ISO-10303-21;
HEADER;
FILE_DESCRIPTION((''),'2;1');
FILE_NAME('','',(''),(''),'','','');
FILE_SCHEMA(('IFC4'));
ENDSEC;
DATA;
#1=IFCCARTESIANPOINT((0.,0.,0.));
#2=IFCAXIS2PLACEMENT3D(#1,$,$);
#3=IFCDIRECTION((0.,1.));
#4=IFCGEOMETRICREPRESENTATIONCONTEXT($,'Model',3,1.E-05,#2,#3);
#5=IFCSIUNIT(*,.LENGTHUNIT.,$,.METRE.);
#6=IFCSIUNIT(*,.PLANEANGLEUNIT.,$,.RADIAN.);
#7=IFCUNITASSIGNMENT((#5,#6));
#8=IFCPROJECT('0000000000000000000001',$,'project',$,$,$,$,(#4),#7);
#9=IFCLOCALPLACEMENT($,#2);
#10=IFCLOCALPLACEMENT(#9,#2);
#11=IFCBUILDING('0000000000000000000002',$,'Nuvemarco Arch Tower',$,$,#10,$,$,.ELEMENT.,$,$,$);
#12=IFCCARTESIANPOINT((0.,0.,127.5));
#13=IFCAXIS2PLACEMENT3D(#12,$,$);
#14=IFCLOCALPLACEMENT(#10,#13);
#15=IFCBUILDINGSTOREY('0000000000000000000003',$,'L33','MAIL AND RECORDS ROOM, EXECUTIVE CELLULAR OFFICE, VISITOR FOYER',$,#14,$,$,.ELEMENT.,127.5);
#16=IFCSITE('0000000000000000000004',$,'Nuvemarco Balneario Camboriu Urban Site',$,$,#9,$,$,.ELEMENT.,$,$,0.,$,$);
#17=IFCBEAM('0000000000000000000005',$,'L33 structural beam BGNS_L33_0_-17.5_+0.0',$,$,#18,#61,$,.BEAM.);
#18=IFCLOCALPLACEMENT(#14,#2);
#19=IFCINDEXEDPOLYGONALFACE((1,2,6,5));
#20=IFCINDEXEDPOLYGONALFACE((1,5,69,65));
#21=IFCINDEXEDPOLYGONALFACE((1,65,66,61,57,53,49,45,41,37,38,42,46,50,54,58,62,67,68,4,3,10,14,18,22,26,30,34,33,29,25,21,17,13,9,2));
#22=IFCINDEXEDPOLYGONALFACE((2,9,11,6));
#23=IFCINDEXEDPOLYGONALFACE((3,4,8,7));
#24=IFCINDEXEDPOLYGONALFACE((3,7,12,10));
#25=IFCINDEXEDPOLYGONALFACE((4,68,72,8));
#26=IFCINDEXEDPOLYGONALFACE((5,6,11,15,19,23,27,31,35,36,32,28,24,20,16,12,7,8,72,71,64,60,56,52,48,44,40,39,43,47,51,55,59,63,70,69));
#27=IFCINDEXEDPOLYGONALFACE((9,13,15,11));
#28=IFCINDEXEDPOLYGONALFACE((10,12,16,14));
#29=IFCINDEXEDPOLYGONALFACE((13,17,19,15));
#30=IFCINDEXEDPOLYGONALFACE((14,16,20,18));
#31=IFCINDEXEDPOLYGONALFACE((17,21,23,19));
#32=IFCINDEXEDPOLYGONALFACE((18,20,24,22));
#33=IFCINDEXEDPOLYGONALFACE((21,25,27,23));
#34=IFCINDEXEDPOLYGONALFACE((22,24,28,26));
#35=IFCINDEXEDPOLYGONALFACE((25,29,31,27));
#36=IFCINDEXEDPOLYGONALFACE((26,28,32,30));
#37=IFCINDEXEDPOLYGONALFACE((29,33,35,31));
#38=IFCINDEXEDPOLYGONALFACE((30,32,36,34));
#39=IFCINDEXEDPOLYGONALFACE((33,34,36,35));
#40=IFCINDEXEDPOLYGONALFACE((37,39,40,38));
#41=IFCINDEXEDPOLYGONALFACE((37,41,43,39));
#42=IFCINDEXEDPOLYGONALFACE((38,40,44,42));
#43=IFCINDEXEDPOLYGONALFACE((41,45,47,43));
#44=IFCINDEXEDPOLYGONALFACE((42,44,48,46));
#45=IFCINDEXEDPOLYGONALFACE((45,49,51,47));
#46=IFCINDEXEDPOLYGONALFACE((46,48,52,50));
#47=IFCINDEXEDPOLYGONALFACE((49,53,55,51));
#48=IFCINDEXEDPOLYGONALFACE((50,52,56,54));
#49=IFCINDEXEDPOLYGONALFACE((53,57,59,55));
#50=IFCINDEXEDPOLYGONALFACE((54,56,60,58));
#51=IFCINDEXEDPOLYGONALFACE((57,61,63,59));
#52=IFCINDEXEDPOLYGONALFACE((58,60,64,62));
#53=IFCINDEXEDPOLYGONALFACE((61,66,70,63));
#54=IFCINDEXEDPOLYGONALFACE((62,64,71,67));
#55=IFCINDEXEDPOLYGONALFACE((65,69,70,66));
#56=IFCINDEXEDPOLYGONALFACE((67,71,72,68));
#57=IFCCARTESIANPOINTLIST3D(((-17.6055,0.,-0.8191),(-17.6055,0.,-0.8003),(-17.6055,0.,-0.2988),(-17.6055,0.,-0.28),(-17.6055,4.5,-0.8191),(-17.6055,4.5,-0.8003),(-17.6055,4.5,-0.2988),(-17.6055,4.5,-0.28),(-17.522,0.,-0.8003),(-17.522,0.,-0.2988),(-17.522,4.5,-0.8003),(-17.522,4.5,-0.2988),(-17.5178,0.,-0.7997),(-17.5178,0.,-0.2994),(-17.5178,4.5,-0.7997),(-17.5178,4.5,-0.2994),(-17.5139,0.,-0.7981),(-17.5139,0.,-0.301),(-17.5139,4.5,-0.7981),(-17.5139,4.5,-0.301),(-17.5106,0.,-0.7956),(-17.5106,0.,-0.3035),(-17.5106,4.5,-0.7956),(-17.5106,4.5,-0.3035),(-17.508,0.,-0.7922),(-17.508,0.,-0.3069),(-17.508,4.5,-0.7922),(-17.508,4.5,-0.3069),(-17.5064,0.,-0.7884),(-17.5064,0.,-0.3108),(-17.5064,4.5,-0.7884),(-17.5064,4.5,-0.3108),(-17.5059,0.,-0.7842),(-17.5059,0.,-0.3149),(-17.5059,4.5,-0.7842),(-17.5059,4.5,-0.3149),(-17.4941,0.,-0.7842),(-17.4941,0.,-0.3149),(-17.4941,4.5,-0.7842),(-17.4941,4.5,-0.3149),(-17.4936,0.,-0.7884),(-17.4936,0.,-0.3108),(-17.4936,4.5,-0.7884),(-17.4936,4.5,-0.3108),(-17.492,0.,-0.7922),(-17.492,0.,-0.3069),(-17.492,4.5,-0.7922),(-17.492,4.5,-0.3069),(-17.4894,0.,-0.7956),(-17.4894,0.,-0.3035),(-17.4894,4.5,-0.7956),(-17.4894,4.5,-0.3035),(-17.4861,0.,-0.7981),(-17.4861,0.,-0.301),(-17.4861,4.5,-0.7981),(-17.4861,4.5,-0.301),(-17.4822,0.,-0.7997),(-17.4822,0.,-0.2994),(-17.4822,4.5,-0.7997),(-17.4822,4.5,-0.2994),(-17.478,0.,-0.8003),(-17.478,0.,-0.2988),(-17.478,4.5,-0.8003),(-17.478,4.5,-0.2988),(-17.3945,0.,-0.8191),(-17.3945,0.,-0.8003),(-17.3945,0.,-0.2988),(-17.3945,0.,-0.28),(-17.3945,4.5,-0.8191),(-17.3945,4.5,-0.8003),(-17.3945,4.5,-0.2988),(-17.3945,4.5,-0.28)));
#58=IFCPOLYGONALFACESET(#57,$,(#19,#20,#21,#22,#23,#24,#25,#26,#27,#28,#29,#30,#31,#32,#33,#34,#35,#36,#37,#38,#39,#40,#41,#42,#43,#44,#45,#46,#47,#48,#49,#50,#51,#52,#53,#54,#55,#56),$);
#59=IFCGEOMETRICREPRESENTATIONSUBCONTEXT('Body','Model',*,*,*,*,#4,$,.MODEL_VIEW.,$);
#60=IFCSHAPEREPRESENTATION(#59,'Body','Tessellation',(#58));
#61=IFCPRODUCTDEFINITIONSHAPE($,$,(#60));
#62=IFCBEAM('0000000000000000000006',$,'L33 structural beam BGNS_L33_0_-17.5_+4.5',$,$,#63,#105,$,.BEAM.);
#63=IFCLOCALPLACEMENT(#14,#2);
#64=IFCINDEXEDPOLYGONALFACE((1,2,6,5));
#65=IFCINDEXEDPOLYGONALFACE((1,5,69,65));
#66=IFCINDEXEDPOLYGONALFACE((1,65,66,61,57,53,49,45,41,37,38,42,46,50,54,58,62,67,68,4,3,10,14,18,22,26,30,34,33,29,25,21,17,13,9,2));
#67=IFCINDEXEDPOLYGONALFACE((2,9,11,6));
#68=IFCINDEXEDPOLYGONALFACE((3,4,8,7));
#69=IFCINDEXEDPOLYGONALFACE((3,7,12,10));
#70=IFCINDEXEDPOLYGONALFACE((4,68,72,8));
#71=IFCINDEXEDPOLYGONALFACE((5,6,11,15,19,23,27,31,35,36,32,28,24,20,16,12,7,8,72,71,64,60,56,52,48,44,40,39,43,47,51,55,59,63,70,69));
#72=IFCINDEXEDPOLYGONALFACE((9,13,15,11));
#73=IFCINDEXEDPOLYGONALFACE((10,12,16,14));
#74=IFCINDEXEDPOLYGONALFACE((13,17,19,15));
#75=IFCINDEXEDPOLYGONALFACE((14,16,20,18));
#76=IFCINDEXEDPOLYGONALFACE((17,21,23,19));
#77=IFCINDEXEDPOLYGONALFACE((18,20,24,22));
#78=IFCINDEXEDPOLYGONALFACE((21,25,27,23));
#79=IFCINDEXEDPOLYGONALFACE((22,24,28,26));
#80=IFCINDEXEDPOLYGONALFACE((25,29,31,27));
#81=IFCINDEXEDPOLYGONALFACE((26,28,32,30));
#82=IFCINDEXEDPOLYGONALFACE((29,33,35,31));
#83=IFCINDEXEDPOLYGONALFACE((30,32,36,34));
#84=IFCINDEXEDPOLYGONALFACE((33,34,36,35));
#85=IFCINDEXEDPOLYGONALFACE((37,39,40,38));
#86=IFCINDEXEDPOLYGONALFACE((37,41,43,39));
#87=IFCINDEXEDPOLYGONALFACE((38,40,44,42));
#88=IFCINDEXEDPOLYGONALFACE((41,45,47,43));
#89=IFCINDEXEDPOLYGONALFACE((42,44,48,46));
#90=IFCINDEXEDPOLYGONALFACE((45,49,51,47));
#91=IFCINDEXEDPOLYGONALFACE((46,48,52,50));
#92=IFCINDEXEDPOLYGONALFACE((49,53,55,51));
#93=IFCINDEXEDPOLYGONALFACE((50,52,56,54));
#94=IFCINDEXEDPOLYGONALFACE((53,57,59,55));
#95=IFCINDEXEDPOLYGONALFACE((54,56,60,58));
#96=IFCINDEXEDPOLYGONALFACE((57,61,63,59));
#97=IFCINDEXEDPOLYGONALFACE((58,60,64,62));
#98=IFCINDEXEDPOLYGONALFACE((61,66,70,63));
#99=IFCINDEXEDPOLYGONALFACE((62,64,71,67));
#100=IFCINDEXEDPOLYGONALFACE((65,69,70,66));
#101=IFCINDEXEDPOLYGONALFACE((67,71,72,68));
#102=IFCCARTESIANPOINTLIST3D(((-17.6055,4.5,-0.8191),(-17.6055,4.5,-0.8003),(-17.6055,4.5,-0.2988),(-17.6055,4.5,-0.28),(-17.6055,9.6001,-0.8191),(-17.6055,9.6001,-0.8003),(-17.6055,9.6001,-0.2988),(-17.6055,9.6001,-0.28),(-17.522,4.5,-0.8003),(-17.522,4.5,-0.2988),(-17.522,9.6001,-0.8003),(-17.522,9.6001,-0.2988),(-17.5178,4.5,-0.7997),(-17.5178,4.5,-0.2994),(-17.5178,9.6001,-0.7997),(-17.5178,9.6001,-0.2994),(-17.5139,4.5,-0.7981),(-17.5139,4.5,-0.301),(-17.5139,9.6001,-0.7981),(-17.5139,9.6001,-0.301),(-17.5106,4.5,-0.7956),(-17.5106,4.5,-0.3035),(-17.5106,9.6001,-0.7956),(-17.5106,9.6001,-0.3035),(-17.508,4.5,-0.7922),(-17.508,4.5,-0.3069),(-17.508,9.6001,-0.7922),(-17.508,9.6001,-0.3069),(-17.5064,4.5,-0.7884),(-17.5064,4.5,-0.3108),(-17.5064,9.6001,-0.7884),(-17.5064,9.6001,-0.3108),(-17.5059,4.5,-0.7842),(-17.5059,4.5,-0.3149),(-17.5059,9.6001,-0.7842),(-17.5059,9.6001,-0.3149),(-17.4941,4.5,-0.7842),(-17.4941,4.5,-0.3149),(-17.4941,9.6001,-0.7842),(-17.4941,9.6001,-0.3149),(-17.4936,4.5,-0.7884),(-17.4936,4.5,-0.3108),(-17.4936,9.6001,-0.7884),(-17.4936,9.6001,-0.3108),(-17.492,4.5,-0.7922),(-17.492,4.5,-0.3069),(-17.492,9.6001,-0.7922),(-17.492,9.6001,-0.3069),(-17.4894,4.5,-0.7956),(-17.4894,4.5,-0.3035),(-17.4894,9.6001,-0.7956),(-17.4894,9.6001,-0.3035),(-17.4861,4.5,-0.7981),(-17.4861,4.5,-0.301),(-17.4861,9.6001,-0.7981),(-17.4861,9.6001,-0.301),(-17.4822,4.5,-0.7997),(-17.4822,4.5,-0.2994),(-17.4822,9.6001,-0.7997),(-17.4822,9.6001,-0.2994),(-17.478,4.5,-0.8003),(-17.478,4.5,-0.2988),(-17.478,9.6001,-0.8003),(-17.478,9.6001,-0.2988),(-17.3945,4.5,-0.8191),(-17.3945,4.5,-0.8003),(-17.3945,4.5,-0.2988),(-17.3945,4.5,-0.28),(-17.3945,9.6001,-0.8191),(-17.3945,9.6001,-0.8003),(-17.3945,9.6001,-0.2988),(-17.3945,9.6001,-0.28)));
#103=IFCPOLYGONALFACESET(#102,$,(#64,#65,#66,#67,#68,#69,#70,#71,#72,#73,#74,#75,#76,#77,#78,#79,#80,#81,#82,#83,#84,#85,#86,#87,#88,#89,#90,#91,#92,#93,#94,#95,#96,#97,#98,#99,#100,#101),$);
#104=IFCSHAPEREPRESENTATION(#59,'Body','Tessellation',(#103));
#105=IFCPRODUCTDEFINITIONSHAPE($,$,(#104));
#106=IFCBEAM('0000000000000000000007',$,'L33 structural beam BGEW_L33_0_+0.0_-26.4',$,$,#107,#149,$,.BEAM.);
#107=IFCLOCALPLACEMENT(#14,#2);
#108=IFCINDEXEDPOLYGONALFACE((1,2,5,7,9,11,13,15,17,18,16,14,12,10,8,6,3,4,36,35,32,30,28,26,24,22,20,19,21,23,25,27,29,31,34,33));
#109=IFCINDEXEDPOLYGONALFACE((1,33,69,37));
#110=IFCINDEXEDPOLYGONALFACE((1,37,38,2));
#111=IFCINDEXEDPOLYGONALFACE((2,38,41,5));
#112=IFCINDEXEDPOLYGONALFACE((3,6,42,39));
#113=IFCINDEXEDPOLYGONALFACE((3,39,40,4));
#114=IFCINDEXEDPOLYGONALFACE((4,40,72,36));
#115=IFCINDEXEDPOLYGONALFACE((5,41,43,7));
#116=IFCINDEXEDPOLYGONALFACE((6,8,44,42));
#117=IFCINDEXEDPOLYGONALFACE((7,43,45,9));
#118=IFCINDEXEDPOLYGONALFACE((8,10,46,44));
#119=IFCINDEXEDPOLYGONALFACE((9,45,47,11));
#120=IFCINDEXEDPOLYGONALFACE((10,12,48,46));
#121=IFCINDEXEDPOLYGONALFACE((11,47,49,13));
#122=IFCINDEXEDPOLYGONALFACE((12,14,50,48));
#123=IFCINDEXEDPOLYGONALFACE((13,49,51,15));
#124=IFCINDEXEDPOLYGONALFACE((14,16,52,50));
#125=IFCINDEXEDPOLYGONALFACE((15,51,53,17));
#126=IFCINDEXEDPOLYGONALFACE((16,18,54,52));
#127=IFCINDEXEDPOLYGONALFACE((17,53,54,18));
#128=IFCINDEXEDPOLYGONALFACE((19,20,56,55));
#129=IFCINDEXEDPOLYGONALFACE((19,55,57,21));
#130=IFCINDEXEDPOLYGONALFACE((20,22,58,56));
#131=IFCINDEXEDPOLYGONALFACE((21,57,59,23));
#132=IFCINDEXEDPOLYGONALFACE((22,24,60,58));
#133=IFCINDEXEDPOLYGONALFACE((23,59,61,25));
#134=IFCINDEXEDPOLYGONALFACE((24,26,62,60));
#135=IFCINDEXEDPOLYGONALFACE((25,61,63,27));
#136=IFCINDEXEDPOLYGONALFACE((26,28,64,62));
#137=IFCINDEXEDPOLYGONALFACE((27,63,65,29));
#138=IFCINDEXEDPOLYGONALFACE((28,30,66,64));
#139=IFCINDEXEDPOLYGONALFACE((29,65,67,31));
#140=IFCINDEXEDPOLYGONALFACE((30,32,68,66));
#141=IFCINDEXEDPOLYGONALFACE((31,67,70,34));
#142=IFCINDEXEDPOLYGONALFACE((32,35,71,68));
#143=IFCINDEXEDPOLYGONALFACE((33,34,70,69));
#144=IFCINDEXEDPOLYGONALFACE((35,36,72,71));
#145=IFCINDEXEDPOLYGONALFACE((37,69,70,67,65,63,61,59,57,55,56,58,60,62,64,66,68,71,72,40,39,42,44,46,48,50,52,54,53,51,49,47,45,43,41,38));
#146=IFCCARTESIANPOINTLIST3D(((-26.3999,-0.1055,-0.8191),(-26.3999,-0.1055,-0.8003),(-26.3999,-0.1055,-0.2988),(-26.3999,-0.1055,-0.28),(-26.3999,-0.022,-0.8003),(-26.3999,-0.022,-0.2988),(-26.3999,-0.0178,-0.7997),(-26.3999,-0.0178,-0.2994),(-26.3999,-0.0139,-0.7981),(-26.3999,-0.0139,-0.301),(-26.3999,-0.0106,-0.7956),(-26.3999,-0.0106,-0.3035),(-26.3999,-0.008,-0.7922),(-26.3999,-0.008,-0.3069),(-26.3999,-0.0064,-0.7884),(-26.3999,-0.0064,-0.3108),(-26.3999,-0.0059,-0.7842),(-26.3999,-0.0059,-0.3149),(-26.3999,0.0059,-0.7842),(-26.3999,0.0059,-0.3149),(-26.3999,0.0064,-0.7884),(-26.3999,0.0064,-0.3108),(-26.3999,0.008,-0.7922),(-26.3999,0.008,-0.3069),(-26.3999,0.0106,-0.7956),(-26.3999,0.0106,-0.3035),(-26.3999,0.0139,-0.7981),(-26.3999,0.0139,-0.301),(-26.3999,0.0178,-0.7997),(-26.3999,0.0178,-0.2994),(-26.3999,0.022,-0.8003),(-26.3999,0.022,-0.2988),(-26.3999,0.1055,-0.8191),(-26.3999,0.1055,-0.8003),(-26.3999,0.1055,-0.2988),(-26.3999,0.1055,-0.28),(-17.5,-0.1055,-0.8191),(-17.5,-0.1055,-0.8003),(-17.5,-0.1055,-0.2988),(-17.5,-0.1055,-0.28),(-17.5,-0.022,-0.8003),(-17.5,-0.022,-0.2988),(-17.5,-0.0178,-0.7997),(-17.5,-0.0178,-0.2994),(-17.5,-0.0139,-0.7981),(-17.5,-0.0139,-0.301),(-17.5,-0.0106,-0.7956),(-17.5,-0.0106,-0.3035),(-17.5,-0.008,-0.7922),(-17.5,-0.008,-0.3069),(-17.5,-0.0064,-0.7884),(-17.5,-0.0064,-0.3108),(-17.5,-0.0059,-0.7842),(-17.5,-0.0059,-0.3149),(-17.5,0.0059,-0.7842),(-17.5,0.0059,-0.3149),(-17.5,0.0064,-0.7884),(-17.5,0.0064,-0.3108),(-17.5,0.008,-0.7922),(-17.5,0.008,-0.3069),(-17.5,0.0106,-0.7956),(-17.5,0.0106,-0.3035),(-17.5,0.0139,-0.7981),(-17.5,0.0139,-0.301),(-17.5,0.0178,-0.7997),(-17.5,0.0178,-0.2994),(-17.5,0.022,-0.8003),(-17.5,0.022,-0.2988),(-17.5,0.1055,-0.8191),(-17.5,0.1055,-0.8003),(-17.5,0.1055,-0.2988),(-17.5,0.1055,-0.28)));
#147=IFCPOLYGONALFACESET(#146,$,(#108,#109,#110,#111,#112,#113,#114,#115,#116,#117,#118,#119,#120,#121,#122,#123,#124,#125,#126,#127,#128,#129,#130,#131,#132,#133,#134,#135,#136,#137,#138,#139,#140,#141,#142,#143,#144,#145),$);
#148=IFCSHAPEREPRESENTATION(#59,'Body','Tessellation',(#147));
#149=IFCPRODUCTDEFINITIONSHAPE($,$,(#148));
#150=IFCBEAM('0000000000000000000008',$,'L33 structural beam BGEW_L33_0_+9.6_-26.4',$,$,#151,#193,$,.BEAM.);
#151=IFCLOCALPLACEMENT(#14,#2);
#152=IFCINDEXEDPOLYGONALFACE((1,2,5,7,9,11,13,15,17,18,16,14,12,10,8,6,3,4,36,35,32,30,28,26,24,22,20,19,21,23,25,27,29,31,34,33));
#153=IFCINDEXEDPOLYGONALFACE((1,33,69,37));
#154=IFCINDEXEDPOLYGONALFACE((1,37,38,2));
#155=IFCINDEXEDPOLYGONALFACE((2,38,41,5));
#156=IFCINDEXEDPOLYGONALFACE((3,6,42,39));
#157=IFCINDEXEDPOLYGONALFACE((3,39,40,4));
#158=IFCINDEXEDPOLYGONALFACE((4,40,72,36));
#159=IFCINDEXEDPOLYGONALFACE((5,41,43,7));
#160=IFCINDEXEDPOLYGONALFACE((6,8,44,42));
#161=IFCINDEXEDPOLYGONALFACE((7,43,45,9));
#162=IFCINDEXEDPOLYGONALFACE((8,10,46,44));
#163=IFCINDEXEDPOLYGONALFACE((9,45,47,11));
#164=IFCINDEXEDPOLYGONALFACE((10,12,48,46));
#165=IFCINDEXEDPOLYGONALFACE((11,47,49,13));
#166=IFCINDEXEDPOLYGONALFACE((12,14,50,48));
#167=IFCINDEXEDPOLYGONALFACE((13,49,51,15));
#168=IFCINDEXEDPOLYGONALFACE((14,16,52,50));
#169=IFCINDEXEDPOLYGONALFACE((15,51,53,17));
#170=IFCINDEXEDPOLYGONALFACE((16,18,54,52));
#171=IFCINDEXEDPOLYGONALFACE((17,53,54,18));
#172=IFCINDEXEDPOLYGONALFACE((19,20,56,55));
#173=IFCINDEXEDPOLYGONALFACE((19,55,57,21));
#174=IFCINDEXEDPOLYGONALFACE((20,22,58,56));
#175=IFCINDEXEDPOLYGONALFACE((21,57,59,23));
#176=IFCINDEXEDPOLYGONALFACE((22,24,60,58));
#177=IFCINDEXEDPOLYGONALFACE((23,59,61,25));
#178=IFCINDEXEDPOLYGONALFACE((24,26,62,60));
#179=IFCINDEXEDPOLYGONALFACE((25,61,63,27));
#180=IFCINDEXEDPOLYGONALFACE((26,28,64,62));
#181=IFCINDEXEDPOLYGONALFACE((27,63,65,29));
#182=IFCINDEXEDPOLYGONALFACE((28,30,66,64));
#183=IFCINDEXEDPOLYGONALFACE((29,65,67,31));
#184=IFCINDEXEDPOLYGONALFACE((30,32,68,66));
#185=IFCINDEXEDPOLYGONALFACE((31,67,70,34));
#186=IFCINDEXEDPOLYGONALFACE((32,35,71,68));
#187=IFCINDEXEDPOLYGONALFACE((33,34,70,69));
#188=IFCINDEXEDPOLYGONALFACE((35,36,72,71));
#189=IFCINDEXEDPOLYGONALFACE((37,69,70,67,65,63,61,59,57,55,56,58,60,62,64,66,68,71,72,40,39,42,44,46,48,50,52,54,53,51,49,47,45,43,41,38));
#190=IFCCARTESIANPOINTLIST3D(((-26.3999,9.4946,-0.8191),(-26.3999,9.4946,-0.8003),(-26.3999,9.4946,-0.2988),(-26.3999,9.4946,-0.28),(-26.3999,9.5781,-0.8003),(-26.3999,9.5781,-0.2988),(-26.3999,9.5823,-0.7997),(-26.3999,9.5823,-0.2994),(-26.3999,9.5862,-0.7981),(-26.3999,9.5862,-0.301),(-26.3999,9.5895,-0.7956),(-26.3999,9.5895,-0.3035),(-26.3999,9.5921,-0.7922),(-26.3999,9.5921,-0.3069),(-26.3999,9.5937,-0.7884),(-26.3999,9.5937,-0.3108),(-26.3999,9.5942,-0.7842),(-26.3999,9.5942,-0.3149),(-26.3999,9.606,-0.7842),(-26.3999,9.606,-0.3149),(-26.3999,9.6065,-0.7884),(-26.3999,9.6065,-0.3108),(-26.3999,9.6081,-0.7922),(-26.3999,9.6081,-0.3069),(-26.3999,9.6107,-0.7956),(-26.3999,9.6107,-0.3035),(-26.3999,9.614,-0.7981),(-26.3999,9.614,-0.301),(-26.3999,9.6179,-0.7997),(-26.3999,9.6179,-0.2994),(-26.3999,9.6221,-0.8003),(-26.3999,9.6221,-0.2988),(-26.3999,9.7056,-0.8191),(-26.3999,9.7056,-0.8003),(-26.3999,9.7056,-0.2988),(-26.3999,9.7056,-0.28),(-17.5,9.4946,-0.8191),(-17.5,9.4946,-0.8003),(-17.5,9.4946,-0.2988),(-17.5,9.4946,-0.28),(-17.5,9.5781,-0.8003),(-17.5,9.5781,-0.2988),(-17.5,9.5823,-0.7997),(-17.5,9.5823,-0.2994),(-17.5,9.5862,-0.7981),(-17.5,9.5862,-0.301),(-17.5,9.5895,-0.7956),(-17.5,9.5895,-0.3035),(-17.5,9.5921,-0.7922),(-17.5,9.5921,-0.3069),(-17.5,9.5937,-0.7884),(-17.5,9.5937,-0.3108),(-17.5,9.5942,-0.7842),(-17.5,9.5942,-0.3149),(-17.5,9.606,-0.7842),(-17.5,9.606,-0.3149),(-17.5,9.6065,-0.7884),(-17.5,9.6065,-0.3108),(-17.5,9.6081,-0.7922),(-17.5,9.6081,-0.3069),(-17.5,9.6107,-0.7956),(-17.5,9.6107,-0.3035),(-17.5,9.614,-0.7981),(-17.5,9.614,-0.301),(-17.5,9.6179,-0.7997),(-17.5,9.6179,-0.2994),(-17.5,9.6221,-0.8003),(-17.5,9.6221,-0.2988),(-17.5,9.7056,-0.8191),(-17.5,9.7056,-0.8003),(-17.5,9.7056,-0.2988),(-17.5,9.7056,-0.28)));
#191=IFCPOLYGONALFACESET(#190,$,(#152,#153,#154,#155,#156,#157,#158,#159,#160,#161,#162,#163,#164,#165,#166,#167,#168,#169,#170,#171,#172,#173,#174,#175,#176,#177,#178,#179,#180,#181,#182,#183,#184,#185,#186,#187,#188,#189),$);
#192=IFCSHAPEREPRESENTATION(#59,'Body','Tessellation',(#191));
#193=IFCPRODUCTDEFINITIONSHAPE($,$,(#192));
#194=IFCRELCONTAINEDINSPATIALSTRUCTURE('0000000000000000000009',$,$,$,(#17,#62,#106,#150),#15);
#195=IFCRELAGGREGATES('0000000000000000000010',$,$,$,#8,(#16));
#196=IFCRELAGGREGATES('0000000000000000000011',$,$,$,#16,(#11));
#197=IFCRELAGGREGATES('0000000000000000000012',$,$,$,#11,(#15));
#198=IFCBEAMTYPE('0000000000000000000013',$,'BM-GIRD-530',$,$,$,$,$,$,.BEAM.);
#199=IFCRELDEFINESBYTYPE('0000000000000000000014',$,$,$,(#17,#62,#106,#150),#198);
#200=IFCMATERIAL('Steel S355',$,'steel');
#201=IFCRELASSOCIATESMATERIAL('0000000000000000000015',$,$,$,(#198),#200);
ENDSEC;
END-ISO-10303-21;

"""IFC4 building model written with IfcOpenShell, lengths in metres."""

from ifc_helpers import new_model, si_unit, direction, frame, origin, origin_2d, place, context, subcontext, project, spatial, i_section, extrude, material, material_profile, profile_set, type_object, element, save


model = new_model("IFC4")

# Units and contexts
model_context = context("Model", 3, precision=1e-05, world=origin(), true_north=direction((0.0, 1.0)))
body_context = subcontext(model_context, "Body", "Model", "MODEL_VIEW")
ifc_project = project(units=[si_unit("LENGTHUNIT", "METRE"), si_unit("PLANEANGLEUNIT", "RADIAN")], contexts=[model_context])

# Site, building, storey
site_placement = place(None, origin())
site = spatial("IfcSite", under=ifc_project, at=site_placement, Name="Nuvemarco Balneario Camboriu Urban Site", CompositionType="ELEMENT", RefElevation=0.0)
building_placement = place(site_placement, origin())
building = spatial("IfcBuilding", under=site, at=building_placement, Name="Nuvemarco Arch Tower", CompositionType="ELEMENT")
storey_placement = place(building_placement, frame((0.0, 0.0, 127.5)))
storey = spatial("IfcBuildingStorey", under=building, at=storey_placement, Name="L33", Description="MAIL AND RECORDS ROOM, EXECUTIVE CELLULAR OFFICE, VISITOR FOYER", CompositionType="ELEMENT", Elevation=127.5)

# Shared definitions
ifc_material_1 = material(Name="Steel S355", Category="steel")

# Beams
ifc_material_profile_1 = material_profile(ifc_material_1, i_section(OverallWidth=0.2109, OverallDepth=0.5391, WebThickness=0.0117, FlangeThickness=0.0188, FilletRadius=0.0161, at=origin_2d()), Name="W530x109")
ifc_profile_set_1 = profile_set([ifc_material_profile_1], Name="Steel S355")
beam_type_1 = type_object("IfcBeamType", Name="BM-GIRD-530", PredefinedType="BEAM", material=ifc_profile_set_1)
beam_1_placement = place(storey_placement, frame((-17.5, 0.0, -0.5496), z_axis=(0.0, 1.0, 0.0), x_axis=(-1.0, 0.0, 0.0)))
element("IfcBeam", 1, at=beam_1_placement, inside=storey, type_object=beam_type_1, Name="L33 structural beam BGNS_L33_0_-17.5_+0.0", PredefinedType="BEAM", context=body_context, shape_type="SweptSolid", body=[
    extrude(i_section(OverallWidth=0.2109, OverallDepth=0.5391, WebThickness=0.0117, FlangeThickness=0.0188, FilletRadius=0.0161, at=origin_2d()), origin(), (0.0, 0.0, 1.0), 4.5),
])
beam_2_placement = place(storey_placement, frame((-17.5, 4.5, -0.5496), z_axis=(0.0, 1.0, 0.0), x_axis=(-1.0, 0.0, 0.0)))
element("IfcBeam", 2, at=beam_2_placement, inside=storey, type_object=beam_type_1, Name="L33 structural beam BGNS_L33_0_-17.5_+4.5", PredefinedType="BEAM", context=body_context, shape_type="SweptSolid", body=[
    extrude(i_section(OverallWidth=0.2109, OverallDepth=0.5391, WebThickness=0.0117, FlangeThickness=0.0188, FilletRadius=0.0161, at=origin_2d()), origin(), (0.0, 0.0, 1.0), 5.1001),
])
for number, where, z_axis, x_axis, name in (
    (3, (-26.3999, 0.0, -0.5496), (1.0, 0.0, 0.0), (0.0, 1.0, 0.0), "L33 structural beam BGEW_L33_0_+0.0_-26.4"),
    (4, (-26.3999, 9.6001, -0.5496), (1.0, 0.0, 0.0), (0.0, 1.0, 0.0), "L33 structural beam BGEW_L33_0_+9.6_-26.4"),
):
    element("IfcBeam", number, at=place(storey_placement, frame(where, z_axis=z_axis, x_axis=x_axis)), inside=storey, type_object=beam_type_1, Name=name, PredefinedType="BEAM", context=body_context, shape_type="SweptSolid", body=[
        extrude(i_section(OverallWidth=0.2109, OverallDepth=0.5391, WebThickness=0.0117, FlangeThickness=0.0188, FilletRadius=0.0161, at=origin_2d()), origin(), (0.0, 0.0, 1.0), 8.8999),
    ])

save(model, "model.ifc")
